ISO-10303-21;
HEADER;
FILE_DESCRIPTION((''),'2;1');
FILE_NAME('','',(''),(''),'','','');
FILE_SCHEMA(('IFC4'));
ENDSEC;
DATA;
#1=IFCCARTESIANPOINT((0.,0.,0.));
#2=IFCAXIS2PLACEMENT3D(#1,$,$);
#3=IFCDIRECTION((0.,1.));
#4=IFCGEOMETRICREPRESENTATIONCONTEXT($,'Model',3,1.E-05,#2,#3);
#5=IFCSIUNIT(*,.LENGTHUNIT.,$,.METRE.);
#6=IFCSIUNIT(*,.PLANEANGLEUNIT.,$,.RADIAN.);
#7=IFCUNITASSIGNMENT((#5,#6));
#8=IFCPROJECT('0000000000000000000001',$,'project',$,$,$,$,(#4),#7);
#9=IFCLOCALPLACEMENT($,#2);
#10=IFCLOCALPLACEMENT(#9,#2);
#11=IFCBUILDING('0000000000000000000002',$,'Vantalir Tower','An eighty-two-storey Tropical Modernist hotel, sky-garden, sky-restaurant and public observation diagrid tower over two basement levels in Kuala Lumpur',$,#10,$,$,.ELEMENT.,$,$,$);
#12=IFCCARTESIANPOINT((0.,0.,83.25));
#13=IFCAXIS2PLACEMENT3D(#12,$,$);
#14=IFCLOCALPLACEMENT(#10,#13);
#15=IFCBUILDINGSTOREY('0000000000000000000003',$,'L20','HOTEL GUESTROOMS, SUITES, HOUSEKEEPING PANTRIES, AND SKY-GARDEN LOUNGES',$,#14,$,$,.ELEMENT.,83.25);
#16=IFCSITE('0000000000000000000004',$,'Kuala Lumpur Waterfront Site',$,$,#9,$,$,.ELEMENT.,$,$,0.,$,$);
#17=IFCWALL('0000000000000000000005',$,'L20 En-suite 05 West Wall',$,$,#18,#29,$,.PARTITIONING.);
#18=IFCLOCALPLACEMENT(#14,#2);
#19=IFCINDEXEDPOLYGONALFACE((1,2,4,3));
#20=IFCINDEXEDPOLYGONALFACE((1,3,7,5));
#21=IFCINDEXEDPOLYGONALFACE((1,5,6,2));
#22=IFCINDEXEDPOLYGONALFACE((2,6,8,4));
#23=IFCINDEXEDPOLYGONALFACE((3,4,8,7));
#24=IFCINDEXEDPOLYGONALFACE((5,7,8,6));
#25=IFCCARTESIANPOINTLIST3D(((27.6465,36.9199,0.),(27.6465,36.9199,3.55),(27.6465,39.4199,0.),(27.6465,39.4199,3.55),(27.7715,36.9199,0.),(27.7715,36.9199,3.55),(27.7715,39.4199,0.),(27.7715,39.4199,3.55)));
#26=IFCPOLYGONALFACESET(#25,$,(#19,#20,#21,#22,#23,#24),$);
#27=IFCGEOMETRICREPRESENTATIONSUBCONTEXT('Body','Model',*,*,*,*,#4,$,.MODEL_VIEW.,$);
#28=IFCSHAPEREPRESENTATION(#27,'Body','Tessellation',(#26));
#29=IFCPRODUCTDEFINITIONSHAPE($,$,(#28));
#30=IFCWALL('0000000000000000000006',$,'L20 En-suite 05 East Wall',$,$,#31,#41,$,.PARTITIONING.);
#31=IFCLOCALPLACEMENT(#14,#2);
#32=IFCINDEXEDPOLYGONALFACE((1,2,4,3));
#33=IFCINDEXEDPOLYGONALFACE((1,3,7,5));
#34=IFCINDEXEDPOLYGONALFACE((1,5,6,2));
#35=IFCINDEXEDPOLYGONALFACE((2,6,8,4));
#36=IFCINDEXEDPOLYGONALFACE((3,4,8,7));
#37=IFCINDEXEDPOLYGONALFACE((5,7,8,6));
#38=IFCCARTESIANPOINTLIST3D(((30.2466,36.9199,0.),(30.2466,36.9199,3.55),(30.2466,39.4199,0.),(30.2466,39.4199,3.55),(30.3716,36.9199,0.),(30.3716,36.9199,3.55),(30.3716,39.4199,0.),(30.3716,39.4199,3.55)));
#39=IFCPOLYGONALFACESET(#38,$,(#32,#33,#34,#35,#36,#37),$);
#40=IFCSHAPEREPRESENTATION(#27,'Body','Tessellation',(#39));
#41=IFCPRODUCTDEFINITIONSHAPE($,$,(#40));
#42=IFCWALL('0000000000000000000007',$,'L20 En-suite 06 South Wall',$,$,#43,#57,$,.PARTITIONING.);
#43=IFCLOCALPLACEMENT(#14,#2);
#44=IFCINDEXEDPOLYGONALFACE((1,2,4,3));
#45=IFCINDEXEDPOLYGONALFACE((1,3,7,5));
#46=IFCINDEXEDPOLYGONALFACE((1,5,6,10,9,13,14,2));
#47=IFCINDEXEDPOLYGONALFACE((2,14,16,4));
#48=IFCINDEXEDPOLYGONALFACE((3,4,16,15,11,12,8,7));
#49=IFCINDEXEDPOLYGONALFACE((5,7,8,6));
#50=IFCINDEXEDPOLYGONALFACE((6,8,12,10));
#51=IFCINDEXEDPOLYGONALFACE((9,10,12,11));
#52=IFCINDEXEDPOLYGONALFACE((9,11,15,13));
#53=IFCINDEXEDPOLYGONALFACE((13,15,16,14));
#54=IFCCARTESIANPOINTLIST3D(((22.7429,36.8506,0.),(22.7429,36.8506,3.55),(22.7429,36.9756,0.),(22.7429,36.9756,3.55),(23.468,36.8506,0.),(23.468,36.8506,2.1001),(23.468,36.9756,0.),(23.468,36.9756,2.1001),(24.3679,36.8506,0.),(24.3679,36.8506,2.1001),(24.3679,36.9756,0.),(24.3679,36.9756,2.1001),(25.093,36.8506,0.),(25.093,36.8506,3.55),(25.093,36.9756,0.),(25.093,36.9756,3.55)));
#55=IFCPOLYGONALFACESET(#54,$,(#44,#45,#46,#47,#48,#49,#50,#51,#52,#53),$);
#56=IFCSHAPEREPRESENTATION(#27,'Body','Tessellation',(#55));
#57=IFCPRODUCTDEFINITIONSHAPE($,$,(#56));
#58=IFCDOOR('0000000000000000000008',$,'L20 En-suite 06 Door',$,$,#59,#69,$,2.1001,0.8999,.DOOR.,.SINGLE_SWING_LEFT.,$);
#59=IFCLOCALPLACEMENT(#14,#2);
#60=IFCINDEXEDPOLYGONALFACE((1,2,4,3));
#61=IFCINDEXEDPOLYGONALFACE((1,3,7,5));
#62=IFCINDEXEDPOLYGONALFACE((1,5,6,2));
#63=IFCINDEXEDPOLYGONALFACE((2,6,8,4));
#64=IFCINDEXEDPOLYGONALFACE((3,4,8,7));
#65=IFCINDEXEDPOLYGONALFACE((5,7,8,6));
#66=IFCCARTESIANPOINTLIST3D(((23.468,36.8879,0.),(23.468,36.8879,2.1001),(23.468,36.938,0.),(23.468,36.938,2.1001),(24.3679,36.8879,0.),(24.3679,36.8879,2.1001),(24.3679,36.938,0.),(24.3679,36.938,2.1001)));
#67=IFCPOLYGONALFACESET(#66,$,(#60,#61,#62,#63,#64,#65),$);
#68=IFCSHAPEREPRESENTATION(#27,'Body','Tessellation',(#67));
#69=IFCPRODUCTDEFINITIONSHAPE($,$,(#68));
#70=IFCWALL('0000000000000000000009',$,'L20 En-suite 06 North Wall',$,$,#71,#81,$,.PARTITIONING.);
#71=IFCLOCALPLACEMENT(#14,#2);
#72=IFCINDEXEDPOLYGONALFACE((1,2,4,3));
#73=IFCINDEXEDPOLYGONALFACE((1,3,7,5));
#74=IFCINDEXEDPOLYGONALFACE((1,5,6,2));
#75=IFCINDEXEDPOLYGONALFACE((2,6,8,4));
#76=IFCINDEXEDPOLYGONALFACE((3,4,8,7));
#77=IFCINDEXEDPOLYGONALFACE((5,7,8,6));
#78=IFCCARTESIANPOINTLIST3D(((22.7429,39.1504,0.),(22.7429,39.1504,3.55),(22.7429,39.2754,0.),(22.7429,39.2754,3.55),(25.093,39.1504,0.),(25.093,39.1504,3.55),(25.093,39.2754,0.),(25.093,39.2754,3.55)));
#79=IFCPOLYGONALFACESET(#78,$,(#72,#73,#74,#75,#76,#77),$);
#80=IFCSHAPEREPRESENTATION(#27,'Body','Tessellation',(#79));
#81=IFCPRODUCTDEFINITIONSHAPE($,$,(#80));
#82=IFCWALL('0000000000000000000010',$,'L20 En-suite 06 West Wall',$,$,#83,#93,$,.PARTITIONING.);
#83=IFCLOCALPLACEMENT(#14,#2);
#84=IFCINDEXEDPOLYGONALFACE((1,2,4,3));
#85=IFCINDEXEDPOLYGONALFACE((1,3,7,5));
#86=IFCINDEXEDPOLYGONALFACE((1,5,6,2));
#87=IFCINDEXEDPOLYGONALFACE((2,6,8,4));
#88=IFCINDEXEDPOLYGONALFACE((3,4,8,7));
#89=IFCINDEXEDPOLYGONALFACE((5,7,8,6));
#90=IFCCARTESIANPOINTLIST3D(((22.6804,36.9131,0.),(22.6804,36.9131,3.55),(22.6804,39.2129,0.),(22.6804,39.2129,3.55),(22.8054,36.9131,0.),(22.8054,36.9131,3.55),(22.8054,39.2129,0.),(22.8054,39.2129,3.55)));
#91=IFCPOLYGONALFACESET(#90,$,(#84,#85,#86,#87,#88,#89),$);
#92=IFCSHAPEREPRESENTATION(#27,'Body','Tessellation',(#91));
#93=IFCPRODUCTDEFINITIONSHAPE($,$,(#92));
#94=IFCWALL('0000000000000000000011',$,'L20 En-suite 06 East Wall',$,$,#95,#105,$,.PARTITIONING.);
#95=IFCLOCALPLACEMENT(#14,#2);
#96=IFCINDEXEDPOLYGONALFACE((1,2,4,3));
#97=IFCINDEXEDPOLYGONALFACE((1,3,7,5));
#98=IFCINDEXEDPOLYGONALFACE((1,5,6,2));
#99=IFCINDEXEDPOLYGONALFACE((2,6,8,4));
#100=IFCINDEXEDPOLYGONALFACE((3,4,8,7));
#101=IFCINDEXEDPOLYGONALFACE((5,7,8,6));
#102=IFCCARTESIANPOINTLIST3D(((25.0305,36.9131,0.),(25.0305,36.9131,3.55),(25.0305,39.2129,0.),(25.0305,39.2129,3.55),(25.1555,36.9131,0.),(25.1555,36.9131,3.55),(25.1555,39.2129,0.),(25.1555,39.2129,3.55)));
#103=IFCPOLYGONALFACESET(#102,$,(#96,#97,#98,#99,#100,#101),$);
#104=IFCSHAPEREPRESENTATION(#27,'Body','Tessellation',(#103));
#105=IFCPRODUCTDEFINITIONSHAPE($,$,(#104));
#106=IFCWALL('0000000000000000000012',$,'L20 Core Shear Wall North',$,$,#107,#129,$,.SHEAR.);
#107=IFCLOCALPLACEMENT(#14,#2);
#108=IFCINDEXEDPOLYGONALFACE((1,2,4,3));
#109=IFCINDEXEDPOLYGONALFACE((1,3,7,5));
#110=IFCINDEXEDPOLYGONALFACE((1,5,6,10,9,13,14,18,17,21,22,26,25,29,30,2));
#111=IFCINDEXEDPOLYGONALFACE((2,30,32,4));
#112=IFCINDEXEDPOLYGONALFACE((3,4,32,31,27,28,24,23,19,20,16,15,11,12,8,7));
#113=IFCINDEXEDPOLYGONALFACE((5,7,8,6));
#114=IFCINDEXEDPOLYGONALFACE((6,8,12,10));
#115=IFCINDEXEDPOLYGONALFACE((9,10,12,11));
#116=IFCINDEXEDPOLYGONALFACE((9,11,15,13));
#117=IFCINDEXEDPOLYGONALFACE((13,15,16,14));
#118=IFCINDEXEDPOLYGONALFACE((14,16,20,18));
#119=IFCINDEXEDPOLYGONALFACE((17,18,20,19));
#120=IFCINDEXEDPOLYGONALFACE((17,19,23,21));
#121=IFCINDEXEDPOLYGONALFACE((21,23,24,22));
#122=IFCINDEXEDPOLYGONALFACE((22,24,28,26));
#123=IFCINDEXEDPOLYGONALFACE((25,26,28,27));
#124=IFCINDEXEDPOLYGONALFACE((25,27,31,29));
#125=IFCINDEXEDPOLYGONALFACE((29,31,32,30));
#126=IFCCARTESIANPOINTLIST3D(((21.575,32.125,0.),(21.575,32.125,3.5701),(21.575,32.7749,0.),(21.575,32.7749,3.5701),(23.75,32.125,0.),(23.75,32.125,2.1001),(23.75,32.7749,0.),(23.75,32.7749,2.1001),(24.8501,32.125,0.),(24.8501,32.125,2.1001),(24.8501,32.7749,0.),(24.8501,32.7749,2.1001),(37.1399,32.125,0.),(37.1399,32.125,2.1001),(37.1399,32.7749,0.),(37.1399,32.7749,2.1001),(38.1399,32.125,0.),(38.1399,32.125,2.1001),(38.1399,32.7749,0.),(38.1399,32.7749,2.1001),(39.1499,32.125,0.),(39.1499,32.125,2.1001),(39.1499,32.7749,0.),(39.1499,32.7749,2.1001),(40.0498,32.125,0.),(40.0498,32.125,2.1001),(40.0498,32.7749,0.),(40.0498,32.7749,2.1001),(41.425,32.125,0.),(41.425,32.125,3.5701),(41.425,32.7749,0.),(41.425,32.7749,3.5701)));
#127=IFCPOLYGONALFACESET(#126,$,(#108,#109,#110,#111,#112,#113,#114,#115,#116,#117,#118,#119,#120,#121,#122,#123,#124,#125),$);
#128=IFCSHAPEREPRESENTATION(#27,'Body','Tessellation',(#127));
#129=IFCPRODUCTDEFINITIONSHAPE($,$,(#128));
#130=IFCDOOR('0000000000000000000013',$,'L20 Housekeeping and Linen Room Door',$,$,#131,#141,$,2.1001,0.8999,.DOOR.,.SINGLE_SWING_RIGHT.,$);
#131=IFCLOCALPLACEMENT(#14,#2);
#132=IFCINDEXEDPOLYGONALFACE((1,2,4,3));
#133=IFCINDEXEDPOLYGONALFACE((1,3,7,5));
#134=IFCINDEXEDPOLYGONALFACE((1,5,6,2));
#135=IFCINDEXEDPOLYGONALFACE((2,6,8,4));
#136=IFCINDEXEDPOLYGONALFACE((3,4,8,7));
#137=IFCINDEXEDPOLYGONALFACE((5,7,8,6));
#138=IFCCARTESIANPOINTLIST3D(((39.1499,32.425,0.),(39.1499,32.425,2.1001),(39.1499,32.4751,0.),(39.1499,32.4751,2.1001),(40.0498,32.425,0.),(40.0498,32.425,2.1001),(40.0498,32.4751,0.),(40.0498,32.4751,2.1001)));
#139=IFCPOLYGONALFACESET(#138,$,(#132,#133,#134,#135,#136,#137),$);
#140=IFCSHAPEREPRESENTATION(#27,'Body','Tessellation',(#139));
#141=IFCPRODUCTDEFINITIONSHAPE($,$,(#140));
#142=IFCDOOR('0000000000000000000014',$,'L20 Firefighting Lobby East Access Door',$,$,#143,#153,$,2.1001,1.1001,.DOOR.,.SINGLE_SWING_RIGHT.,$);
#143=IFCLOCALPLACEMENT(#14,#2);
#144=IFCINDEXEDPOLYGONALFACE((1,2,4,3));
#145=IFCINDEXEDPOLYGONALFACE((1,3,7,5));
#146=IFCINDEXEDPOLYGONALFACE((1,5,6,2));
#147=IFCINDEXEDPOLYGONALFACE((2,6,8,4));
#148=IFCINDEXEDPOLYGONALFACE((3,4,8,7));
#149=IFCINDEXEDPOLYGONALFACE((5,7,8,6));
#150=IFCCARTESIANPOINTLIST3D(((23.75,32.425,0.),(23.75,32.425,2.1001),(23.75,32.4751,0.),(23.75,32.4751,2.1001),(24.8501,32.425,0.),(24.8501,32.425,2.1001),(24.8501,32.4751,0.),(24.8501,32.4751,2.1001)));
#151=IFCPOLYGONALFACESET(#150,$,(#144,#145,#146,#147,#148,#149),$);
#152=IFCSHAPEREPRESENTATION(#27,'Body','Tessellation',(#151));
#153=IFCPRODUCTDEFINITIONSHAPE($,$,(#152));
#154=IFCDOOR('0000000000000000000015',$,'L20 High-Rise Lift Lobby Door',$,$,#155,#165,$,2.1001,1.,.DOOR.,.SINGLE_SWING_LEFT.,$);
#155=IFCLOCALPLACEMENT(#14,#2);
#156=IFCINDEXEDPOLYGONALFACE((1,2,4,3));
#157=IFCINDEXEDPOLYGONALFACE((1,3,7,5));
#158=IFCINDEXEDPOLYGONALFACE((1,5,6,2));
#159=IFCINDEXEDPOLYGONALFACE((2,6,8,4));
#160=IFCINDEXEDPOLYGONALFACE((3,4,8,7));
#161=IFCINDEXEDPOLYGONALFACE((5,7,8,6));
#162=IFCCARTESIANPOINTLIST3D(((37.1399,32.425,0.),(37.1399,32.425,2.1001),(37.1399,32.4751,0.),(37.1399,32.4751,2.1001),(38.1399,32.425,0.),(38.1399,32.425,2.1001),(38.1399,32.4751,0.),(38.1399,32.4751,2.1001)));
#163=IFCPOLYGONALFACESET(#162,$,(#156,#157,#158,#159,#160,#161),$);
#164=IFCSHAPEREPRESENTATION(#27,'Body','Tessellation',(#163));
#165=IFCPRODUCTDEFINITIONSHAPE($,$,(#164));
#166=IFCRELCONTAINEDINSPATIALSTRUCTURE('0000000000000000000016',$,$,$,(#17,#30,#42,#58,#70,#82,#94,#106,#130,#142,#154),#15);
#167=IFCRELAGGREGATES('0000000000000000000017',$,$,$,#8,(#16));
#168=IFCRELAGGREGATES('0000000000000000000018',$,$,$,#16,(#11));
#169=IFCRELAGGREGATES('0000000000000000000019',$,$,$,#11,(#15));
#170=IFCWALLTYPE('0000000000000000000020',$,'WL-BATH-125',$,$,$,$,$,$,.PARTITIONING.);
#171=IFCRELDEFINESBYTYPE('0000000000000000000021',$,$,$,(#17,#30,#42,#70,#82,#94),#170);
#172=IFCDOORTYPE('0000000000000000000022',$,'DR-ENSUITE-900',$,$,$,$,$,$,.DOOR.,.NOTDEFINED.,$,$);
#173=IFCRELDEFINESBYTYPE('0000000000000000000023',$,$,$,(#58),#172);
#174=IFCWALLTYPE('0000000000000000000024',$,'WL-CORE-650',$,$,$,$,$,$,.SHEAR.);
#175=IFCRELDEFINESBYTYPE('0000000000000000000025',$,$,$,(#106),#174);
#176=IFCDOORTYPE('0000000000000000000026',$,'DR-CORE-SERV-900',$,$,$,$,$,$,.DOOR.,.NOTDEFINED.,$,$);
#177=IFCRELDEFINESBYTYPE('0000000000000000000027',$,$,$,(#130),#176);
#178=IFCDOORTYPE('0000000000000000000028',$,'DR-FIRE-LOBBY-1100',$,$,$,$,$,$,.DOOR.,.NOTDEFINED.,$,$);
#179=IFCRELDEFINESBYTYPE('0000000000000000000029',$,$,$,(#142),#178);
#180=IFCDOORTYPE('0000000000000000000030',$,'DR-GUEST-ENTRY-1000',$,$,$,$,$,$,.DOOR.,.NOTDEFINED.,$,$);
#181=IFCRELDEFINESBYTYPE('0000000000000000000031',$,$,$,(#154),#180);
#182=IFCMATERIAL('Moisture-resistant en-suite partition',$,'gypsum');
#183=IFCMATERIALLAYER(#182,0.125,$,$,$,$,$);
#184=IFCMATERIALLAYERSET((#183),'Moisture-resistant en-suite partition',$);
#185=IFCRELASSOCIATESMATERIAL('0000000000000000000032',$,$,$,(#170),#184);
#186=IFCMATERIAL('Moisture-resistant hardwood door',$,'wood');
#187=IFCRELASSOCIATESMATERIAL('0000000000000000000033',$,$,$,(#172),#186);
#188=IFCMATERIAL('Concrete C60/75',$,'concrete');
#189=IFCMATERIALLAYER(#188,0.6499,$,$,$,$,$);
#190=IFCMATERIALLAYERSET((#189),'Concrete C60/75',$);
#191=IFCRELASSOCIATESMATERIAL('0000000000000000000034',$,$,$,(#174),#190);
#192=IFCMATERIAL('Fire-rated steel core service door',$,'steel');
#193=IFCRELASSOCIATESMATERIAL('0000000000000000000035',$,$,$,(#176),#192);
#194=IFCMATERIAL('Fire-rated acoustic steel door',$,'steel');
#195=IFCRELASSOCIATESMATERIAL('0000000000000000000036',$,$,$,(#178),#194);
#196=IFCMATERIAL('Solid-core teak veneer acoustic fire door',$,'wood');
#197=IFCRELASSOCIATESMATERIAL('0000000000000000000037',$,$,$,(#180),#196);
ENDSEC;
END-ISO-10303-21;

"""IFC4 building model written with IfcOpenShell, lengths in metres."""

from ifc_helpers import new_model, si_unit, direction, frame, frame_2d, origin, place, context, subcontext, project, spatial, rectangle, extrude, material, layer, layer_set, type_object, element, fill, save


model = new_model("IFC4")

# Units and contexts
model_context = context("Model", 3, precision=1e-05, world=origin(), true_north=direction((0.0, 1.0)))
body_context = subcontext(model_context, "Body", "Model", "MODEL_VIEW")
ifc_project = project(units=[si_unit("LENGTHUNIT", "METRE"), si_unit("PLANEANGLEUNIT", "RADIAN")], contexts=[model_context])

# Site, building, storey
site_placement = place(None, origin())
site = spatial("IfcSite", under=ifc_project, at=site_placement, Name="Kuala Lumpur Waterfront Site", CompositionType="ELEMENT", RefElevation=0.0)
building_placement = place(site_placement, origin())
building = spatial("IfcBuilding", under=site, at=building_placement, Name="Vantalir Tower", Description="An eighty-two-storey Tropical Modernist hotel, sky-garden, sky-restaurant and public observation diagrid tower over two basement levels in Kuala Lumpur", CompositionType="ELEMENT")
storey_placement = place(building_placement, frame((0.0, 0.0, 83.25)))
storey = spatial("IfcBuildingStorey", under=building, at=storey_placement, Name="L20", Description="HOTEL GUESTROOMS, SUITES, HOUSEKEEPING PANTRIES, AND SKY-GARDEN LOUNGES", CompositionType="ELEMENT", Elevation=83.25)

# Shared definitions
ifc_material_1 = material(Name="Concrete C60/75", Category="concrete")

# Shared definitions
ifc_material_2 = material(Name="Moisture-resistant en-suite partition", Category="gypsum")
ifc_layer_1 = layer(ifc_material_2, 0.125)
ifc_layer_set_1 = layer_set([ifc_layer_1], Name="Moisture-resistant en-suite partition")
wall_type_1 = type_object("IfcWallType", Name="WL-BATH-125", PredefinedType="PARTITIONING", material=ifc_layer_set_1)
ifc_material_3 = material(Name="Moisture-resistant hardwood door", Category="wood")
door_type_1 = type_object("IfcDoorType", Name="DR-ENSUITE-900", OperationType="NOTDEFINED", PredefinedType="DOOR", material=ifc_material_3)

# Walls
for number, where, z_axis, x_axis, name in (
    (1, (27.709, 36.9199, 0.0), (0.0, 0.0, 1.0), (0.0, 1.0, 0.0), "L20 En-suite 05 West Wall"),
    (2, (30.3091, 36.9199, 0.0), (0.0, 0.0, 1.0), (0.0, 1.0, 0.0), "L20 En-suite 05 East Wall"),
):
    element("IfcWall", number, at=place(storey_placement, frame(where, z_axis=z_axis, x_axis=x_axis)), inside=storey, type_object=wall_type_1, Name=name, PredefinedType="PARTITIONING", context=body_context, shape_type="SweptSolid", body=[
        extrude(rectangle(XDim=2.5, YDim=0.125, at=frame_2d((1.25, 0.0))), origin(), (0.0, 0.0, 1.0), 3.55),
    ])

# Wall, opening, door
wall_1_placement = place(storey_placement, frame((22.7429, 36.9131, 0.0), z_axis=(0.0, 0.0, 1.0), x_axis=(1.0, 0.0, 0.0)))
wall_1 = element("IfcWall", 3, at=wall_1_placement, inside=storey, type_object=wall_type_1, Name="L20 En-suite 06 South Wall", PredefinedType="PARTITIONING", context=body_context, shape_type="SweptSolid", body=[
    extrude(rectangle(XDim=2.3501, YDim=0.125, at=frame_2d((1.175, 0.0))), origin(), (0.0, 0.0, 1.0), 3.55),
])
opening_1_placement = place(wall_1_placement, frame((0.7251, 0.0, 0.0)))
opening_1 = element("IfcOpeningElement", 4, at=opening_1_placement, cuts=wall_1, PredefinedType="OPENING", context=body_context, shape_type="SweptSolid", body=[
    extrude(rectangle(XDim=0.8999, YDim=2.1001, at=frame_2d((0.45, 1.05))), frame((0.0, 0.0725, 0.0), z_axis=(0.0, -1.0, 0.0), x_axis=(1.0, 0.0, 0.0)), (0.0, 0.0, 1.0), 0.145),
])
door_1_placement = place(opening_1_placement, origin())
door_1 = element("IfcDoor", 5, at=door_1_placement, inside=storey, type_object=door_type_1, Name="L20 En-suite 06 Door", OperationType="SINGLE_SWING_LEFT", OverallHeight=2.1001, OverallWidth=0.8999, PredefinedType="DOOR", context=body_context, shape_type="SweptSolid", body=[
    extrude(rectangle(XDim=0.8999, YDim=2.1001, at=frame_2d((0.45, 1.05))), frame((0.0, 0.0249, 0.0), z_axis=(0.0, -1.0, 0.0), x_axis=(1.0, 0.0, 0.0)), (0.0, 0.0, 1.0), 0.05),
])
fill(opening_1, door_1)

# Walls
wall_2_placement = place(storey_placement, frame((22.7429, 39.2129, 0.0), z_axis=(0.0, 0.0, 1.0), x_axis=(1.0, 0.0, 0.0)))
element("IfcWall", 6, at=wall_2_placement, inside=storey, type_object=wall_type_1, Name="L20 En-suite 06 North Wall", PredefinedType="PARTITIONING", context=body_context, shape_type="SweptSolid", body=[
    extrude(rectangle(XDim=2.3501, YDim=0.125, at=frame_2d((1.175, 0.0))), origin(), (0.0, 0.0, 1.0), 3.55),
])
for number, where, z_axis, x_axis, name in (
    (7, (22.7429, 36.9131, 0.0), (0.0, 0.0, 1.0), (0.0, 1.0, 0.0), "L20 En-suite 06 West Wall"),
    (8, (25.093, 36.9131, 0.0), (0.0, 0.0, 1.0), (0.0, 1.0, 0.0), "L20 En-suite 06 East Wall"),
):
    element("IfcWall", number, at=place(storey_placement, frame(where, z_axis=z_axis, x_axis=x_axis)), inside=storey, type_object=wall_type_1, Name=name, PredefinedType="PARTITIONING", context=body_context, shape_type="SweptSolid", body=[
        extrude(rectangle(XDim=2.2998, YDim=0.125, at=frame_2d((1.1499, 0.0))), origin(), (0.0, 0.0, 1.0), 3.55),
    ])

# Wall, openings, doors
ifc_layer_2 = layer(ifc_material_1, 0.6499)
ifc_layer_set_2 = layer_set([ifc_layer_2], Name="Concrete C60/75")
wall_type_2 = type_object("IfcWallType", Name="WL-CORE-650", PredefinedType="SHEAR", material=ifc_layer_set_2)
wall_3_placement = place(storey_placement, frame((21.575, 32.45, 0.0), z_axis=(0.0, 0.0, 1.0), x_axis=(1.0, 0.0, 0.0)))
wall_3 = element("IfcWall", 9, at=wall_3_placement, inside=storey, type_object=wall_type_2, Name="L20 Core Shear Wall North", PredefinedType="SHEAR", context=body_context, shape_type="SweptSolid", body=[
    extrude(rectangle(XDim=19.8501, YDim=0.6499, at=frame_2d((9.925, 0.0))), origin(), (0.0, 0.0, 1.0), 3.5701),
])
opening_2_placement = place(wall_3_placement, frame((2.175, 0.0, 0.0)))
opening_2 = element("IfcOpeningElement", 10, at=opening_2_placement, cuts=wall_3, PredefinedType="OPENING", context=body_context, shape_type="SweptSolid", body=[
    extrude(rectangle(XDim=1.1001, YDim=2.1001, at=frame_2d((0.55, 1.05))), frame((0.0, 0.335, 0.0), z_axis=(0.0, -1.0, 0.0), x_axis=(1.0, 0.0, 0.0)), (0.0, 0.0, 1.0), 0.6699),
])
opening_3_placement = place(wall_3_placement, frame((15.5649, 0.0, 0.0)))
opening_3 = element("IfcOpeningElement", 11, at=opening_3_placement, cuts=wall_3, PredefinedType="OPENING", context=body_context, shape_type="SweptSolid", body=[
    extrude(rectangle(XDim=1.0, YDim=2.1001, at=frame_2d((0.5, 1.05))), frame((0.0, 0.335, 0.0), z_axis=(0.0, -1.0, 0.0), x_axis=(1.0, 0.0, 0.0)), (0.0, 0.0, 1.0), 0.6699),
])
opening_4_placement = place(wall_3_placement, frame((17.575, 0.0, 0.0)))
opening_4 = element("IfcOpeningElement", 12, at=opening_4_placement, cuts=wall_3, PredefinedType="OPENING", context=body_context, shape_type="SweptSolid", body=[
    extrude(rectangle(XDim=0.8999, YDim=2.1001, at=frame_2d((0.45, 1.05))), frame((0.0, 0.335, 0.0), z_axis=(0.0, -1.0, 0.0), x_axis=(1.0, 0.0, 0.0)), (0.0, 0.0, 1.0), 0.6699),
])
ifc_material_4 = material(Name="Fire-rated steel core service door", Category="steel")
door_type_2 = type_object("IfcDoorType", Name="DR-CORE-SERV-900", OperationType="NOTDEFINED", PredefinedType="DOOR", material=ifc_material_4)
door_2_placement = place(opening_4_placement, frame((0.8999, 0.0, 0.0), z_axis=(0.0, 0.0, 1.0), x_axis=(-1.0, 0.0, 0.0)))
door_2 = element("IfcDoor", 13, at=door_2_placement, inside=storey, type_object=door_type_2, Name="L20 Housekeeping and Linen Room Door", OperationType="SINGLE_SWING_RIGHT", OverallHeight=2.1001, OverallWidth=0.8999, PredefinedType="DOOR", context=body_context, shape_type="SweptSolid", body=[
    extrude(rectangle(XDim=0.8999, YDim=2.1001, at=frame_2d((0.45, 1.05))), frame((0.0, 0.0249, 0.0), z_axis=(0.0, -1.0, 0.0), x_axis=(1.0, 0.0, 0.0)), (0.0, 0.0, 1.0), 0.05),
])
fill(opening_4, door_2)
ifc_material_5 = material(Name="Fire-rated acoustic steel door", Category="steel")
door_type_3 = type_object("IfcDoorType", Name="DR-FIRE-LOBBY-1100", OperationType="NOTDEFINED", PredefinedType="DOOR", material=ifc_material_5)
door_3_placement = place(opening_2_placement, frame((1.1001, 0.0, 0.0), z_axis=(0.0, 0.0, 1.0), x_axis=(-1.0, 0.0, 0.0)))
door_3 = element("IfcDoor", 14, at=door_3_placement, inside=storey, type_object=door_type_3, Name="L20 Firefighting Lobby East Access Door", OperationType="SINGLE_SWING_RIGHT", OverallHeight=2.1001, OverallWidth=1.1001, PredefinedType="DOOR", context=body_context, shape_type="SweptSolid", body=[
    extrude(rectangle(XDim=1.1001, YDim=2.1001, at=frame_2d((0.55, 1.05))), frame((0.0, 0.0249, 0.0), z_axis=(0.0, -1.0, 0.0), x_axis=(1.0, 0.0, 0.0)), (0.0, 0.0, 1.0), 0.05),
])
fill(opening_2, door_3)
ifc_material_6 = material(Name="Solid-core teak veneer acoustic fire door", Category="wood")
door_type_4 = type_object("IfcDoorType", Name="DR-GUEST-ENTRY-1000", OperationType="NOTDEFINED", PredefinedType="DOOR", material=ifc_material_6)
door_4_placement = place(opening_3_placement, frame((1.0, 0.0, 0.0), z_axis=(0.0, 0.0, 1.0), x_axis=(-1.0, 0.0, 0.0)))
door_4 = element("IfcDoor", 15, at=door_4_placement, inside=storey, type_object=door_type_4, Name="L20 High-Rise Lift Lobby Door", OperationType="SINGLE_SWING_LEFT", OverallHeight=2.1001, OverallWidth=1.0, PredefinedType="DOOR", context=body_context, shape_type="SweptSolid", body=[
    extrude(rectangle(XDim=1.0, YDim=2.1001, at=frame_2d((0.5, 1.05))), frame((0.0, 0.0249, 0.0), z_axis=(0.0, -1.0, 0.0), x_axis=(1.0, 0.0, 0.0)), (0.0, 0.0, 1.0), 0.05),
])
fill(opening_3, door_4)

save(model, "model.ifc")
